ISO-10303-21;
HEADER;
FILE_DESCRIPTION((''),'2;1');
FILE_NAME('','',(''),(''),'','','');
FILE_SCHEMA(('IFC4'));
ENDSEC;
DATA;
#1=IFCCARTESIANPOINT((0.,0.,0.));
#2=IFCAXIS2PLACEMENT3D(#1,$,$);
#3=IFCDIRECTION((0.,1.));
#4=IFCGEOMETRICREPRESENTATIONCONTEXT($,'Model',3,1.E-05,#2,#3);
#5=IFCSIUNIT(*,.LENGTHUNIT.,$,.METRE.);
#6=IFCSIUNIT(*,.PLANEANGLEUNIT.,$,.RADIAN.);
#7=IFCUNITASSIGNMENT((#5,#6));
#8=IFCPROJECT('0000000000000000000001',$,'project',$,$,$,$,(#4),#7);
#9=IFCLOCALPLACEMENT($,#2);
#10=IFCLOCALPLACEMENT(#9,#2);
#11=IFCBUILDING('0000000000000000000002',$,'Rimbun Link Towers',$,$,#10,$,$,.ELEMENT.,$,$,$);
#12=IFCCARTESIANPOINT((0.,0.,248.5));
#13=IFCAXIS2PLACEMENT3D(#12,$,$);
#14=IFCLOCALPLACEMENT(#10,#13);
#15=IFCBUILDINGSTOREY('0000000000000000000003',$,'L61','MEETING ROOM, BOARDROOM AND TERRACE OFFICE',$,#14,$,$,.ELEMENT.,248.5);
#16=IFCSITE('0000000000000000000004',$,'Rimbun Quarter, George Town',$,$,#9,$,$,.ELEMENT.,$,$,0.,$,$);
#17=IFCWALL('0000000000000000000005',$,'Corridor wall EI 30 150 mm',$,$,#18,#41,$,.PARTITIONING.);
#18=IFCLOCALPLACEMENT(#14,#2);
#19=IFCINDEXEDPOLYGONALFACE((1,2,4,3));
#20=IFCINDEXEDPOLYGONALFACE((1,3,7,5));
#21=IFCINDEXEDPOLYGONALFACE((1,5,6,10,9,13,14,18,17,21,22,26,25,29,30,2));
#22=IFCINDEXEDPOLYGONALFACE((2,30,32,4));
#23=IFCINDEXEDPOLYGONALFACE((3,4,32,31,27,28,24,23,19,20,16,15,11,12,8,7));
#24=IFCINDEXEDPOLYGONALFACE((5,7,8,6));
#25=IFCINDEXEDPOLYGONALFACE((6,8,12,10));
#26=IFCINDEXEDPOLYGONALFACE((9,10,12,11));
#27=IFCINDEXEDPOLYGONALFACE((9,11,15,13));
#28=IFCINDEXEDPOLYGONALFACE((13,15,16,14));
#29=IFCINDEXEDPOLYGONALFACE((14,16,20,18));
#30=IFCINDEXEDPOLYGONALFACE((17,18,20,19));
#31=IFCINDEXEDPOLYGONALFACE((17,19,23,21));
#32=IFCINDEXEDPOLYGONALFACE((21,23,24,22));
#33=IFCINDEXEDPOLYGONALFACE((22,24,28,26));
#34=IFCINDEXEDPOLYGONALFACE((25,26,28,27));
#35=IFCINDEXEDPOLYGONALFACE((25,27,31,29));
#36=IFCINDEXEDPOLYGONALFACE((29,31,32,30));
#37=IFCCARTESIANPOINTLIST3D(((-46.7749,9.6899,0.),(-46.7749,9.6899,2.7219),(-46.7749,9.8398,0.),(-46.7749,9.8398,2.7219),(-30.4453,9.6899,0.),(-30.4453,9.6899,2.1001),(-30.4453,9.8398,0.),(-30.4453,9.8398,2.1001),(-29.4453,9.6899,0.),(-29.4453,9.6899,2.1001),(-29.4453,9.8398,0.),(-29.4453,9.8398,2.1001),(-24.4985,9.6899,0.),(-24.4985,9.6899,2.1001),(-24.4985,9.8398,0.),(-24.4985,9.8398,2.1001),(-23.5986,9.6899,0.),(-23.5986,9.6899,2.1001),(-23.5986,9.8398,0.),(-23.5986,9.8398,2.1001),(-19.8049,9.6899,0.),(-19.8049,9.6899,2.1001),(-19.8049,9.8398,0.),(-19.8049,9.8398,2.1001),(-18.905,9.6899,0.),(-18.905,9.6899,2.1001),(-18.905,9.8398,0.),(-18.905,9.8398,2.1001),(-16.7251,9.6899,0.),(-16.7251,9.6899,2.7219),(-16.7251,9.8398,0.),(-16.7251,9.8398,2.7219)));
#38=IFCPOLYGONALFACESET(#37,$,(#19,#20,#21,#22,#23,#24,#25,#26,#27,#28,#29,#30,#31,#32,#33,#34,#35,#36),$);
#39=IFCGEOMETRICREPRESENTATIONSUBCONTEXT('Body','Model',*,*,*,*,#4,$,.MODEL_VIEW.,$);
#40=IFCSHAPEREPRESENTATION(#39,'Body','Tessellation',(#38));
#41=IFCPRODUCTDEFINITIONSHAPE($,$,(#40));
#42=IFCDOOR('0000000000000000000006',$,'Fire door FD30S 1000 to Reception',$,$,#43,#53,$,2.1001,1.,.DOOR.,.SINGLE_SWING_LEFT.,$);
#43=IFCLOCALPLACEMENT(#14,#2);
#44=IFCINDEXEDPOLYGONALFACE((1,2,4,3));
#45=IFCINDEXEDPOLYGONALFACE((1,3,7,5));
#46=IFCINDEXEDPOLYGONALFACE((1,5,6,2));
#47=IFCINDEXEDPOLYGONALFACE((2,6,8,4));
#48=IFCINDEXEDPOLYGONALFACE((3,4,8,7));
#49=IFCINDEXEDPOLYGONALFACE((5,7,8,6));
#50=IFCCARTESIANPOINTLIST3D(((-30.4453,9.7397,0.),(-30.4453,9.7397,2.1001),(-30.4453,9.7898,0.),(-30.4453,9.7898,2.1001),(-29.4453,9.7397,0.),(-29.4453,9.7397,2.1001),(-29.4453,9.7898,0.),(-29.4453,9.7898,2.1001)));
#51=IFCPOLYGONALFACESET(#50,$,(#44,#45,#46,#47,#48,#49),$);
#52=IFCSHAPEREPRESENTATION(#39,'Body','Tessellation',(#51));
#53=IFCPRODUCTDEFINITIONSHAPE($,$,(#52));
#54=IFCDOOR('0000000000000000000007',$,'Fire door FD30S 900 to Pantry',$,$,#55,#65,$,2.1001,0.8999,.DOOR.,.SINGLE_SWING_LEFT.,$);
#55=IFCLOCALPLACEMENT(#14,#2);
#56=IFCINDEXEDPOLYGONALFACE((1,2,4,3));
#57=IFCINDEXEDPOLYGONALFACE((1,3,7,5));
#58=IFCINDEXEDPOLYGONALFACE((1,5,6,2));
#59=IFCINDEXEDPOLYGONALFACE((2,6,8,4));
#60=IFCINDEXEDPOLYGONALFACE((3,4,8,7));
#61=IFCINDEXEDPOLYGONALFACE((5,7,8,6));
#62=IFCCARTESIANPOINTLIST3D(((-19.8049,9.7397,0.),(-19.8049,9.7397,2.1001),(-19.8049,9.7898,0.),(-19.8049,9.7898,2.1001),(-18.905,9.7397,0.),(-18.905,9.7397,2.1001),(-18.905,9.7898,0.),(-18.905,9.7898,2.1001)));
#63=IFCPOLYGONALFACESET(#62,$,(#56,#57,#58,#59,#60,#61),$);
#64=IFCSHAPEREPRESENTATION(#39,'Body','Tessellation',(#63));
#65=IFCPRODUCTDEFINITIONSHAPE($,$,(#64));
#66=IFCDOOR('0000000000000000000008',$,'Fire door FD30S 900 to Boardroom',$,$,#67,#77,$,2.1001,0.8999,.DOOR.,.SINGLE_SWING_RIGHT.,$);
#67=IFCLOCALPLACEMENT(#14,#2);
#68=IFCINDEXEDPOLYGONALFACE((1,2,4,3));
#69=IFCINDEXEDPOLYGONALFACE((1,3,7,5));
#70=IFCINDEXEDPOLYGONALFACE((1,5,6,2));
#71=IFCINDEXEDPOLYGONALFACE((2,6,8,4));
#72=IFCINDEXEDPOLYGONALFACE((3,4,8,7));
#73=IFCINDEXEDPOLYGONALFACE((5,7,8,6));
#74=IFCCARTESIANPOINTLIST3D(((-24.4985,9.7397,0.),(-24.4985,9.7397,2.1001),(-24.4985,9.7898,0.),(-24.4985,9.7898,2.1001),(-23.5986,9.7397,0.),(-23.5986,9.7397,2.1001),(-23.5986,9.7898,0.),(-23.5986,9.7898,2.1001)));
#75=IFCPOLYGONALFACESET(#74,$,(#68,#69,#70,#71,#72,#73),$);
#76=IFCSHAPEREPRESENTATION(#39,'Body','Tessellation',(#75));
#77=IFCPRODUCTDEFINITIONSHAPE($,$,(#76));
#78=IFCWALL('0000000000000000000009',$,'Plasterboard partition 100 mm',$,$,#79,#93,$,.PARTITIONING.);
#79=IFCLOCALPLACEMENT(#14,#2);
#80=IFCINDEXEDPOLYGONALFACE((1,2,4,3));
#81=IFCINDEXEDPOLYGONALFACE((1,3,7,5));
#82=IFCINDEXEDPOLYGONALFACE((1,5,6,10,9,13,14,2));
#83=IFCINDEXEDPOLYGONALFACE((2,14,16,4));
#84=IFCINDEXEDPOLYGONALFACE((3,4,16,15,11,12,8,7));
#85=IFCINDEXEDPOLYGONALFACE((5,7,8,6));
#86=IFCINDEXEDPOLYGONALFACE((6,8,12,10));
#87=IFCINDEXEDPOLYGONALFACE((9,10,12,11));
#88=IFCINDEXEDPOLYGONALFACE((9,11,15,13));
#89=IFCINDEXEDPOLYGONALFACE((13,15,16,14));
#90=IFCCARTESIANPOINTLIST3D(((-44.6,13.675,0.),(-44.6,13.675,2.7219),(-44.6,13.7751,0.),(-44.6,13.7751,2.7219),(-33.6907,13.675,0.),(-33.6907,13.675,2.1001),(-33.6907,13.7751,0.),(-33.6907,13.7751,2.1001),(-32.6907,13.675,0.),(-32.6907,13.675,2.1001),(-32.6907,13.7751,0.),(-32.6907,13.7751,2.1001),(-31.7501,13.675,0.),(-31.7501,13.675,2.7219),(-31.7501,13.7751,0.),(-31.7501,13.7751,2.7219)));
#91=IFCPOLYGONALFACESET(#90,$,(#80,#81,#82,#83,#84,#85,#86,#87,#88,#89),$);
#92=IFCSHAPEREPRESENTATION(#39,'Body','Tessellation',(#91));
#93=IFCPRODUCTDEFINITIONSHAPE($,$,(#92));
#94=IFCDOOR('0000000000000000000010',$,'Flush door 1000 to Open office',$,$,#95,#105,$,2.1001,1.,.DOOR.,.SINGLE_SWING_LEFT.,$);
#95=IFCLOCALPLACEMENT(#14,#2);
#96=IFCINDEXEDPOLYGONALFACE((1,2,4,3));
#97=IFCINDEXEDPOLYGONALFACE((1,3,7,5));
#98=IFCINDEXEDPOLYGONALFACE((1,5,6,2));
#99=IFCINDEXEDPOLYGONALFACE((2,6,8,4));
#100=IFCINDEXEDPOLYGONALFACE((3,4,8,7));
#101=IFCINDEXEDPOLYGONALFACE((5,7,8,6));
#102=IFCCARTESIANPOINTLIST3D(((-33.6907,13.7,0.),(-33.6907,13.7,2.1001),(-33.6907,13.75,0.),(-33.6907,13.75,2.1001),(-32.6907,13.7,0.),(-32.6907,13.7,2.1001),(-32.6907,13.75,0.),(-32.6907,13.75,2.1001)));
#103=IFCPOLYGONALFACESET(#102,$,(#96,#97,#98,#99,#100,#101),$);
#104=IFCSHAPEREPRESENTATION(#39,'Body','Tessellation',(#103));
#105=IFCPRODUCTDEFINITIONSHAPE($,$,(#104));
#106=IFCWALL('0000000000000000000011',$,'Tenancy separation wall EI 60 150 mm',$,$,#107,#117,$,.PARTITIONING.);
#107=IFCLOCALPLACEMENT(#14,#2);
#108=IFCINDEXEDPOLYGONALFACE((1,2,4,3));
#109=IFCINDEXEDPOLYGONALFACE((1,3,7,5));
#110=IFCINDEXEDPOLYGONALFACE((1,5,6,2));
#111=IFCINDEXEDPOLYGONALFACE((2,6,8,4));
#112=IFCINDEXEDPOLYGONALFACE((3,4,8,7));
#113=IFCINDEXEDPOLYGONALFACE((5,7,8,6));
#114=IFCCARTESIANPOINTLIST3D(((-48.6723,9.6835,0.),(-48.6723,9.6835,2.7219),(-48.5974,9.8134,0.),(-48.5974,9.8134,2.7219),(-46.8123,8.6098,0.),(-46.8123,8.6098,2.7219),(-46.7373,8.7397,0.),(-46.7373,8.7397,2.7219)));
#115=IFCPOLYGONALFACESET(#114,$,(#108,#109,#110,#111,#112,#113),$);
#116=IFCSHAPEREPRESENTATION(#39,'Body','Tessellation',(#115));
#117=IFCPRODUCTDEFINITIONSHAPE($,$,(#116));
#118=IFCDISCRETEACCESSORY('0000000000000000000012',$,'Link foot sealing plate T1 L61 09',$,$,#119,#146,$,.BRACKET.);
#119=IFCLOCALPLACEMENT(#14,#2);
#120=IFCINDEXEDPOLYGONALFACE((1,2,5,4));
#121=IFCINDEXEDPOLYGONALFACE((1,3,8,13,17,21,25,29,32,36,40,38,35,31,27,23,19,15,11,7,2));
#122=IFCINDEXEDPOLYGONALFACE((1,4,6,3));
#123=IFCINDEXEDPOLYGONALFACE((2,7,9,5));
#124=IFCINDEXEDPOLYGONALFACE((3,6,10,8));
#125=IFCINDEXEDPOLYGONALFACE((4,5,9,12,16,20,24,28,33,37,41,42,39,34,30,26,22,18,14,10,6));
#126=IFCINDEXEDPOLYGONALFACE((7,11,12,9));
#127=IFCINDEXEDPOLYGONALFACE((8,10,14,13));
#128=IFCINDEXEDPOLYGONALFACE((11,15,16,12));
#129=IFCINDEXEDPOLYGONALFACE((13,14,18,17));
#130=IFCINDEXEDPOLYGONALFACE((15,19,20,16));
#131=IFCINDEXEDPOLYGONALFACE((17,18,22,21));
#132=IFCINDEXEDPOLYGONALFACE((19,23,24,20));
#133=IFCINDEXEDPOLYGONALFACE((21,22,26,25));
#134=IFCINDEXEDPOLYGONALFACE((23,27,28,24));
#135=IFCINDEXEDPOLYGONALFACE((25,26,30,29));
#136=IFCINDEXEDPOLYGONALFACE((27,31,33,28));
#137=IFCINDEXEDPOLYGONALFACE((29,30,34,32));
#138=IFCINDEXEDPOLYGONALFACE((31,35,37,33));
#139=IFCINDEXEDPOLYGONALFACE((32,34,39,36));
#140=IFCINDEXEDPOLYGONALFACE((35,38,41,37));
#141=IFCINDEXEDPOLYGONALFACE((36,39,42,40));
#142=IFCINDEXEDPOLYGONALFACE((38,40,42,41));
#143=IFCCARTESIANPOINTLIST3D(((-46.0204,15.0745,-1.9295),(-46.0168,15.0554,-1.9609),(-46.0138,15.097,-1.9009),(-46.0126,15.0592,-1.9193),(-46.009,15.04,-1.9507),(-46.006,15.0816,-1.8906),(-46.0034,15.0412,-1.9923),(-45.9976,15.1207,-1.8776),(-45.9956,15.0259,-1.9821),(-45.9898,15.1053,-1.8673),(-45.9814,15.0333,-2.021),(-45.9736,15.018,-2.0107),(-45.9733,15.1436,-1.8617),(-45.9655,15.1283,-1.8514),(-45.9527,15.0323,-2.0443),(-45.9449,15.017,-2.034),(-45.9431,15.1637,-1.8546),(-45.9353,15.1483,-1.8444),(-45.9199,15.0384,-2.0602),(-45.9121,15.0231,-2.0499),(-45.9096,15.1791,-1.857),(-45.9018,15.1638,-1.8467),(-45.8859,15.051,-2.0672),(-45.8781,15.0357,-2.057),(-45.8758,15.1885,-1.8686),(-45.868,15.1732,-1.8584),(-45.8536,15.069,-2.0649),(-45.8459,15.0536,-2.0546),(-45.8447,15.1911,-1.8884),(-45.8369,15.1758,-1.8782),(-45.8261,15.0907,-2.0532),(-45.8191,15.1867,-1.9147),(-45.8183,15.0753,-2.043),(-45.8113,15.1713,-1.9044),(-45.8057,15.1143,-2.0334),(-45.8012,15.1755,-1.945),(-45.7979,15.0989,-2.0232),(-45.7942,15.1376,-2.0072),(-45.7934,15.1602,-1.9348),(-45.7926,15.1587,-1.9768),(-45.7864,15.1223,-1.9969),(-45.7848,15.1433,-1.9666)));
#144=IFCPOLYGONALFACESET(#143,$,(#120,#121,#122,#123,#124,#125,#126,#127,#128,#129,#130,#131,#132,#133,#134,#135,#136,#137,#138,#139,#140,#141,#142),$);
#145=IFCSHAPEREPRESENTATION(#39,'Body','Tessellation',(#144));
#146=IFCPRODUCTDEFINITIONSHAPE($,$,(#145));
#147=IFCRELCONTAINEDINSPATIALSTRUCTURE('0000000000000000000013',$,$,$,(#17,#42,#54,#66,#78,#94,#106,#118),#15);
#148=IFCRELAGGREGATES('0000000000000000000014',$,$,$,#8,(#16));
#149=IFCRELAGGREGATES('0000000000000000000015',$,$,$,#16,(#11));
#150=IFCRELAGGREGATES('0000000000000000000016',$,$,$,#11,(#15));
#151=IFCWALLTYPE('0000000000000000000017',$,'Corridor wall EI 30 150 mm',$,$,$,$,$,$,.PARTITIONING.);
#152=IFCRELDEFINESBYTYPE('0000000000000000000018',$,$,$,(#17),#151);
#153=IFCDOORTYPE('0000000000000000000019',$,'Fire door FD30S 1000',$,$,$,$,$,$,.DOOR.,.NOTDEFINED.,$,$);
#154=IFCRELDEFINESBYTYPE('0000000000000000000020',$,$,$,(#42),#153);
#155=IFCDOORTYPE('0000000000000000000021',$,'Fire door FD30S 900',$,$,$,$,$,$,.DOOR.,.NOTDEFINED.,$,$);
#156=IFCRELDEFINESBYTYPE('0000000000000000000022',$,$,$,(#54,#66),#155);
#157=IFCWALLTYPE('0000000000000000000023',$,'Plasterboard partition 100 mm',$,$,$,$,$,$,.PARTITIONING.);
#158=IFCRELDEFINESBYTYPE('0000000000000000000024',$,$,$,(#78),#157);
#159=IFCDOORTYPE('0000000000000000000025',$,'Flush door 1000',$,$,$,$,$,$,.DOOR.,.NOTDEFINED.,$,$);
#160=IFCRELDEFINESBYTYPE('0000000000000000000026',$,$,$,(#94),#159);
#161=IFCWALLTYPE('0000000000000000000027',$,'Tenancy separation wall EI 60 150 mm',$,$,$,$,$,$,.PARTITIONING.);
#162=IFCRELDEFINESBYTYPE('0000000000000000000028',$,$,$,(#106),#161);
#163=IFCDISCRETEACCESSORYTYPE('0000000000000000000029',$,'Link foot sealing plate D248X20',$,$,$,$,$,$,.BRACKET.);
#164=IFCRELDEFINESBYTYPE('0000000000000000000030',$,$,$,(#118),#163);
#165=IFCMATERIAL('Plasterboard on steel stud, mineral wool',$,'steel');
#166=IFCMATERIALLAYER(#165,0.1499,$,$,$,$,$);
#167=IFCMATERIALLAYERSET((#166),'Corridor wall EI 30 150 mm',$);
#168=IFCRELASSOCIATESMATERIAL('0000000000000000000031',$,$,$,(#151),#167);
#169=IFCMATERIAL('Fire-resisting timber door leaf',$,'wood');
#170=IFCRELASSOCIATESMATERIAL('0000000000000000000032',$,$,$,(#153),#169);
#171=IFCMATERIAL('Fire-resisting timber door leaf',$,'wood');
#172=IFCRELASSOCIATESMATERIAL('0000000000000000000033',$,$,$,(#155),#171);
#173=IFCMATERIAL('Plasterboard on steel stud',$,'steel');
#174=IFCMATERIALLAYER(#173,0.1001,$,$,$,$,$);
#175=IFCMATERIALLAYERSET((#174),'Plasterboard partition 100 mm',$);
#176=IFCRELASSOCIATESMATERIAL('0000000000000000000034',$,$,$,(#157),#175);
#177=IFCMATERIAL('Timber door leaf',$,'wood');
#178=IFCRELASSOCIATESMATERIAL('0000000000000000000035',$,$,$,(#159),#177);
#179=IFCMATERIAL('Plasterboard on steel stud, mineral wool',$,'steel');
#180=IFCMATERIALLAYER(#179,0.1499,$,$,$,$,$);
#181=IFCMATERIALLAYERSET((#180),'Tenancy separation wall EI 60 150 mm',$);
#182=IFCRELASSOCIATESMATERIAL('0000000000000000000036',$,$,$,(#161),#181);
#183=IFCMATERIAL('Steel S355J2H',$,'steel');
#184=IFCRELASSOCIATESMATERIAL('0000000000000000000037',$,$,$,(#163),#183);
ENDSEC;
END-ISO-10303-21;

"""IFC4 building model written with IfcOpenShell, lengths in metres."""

from ifc_helpers import new_model, si_unit, direction, frame, frame_2d, origin, origin_2d, place, context, subcontext, project, spatial, rectangle, circle, extrude, material, layer, layer_set, material_profile, profile_set, type_object, element, fill, save


model = new_model("IFC4")

# Units and contexts
model_context = context("Model", 3, precision=1e-05, world=origin(), true_north=direction((0.0, 1.0)))
body_context = subcontext(model_context, "Body", "Model", "MODEL_VIEW")
ifc_project = project(units=[si_unit("LENGTHUNIT", "METRE"), si_unit("PLANEANGLEUNIT", "RADIAN")], contexts=[model_context])

# Site, building, storey
site_placement = place(None, origin())
site = spatial("IfcSite", under=ifc_project, at=site_placement, Name="Rimbun Quarter, George Town", CompositionType="ELEMENT", RefElevation=0.0)
building_placement = place(site_placement, origin())
building = spatial("IfcBuilding", under=site, at=building_placement, Name="Rimbun Link Towers", CompositionType="ELEMENT")
storey_placement = place(building_placement, frame((0.0, 0.0, 248.5)))
storey = spatial("IfcBuildingStorey", under=building, at=storey_placement, Name="L61", Description="MEETING ROOM, BOARDROOM AND TERRACE OFFICE", CompositionType="ELEMENT", Elevation=248.5)

# Wall, openings, doors
ifc_material_1 = material(Name="Plasterboard on steel stud, mineral wool", Category="steel")
ifc_layer_1 = layer(ifc_material_1, 0.1499)
ifc_layer_set_1 = layer_set([ifc_layer_1], Name="Corridor wall EI 30 150 mm")
wall_type_1 = type_object("IfcWallType", Name="Corridor wall EI 30 150 mm", PredefinedType="PARTITIONING", material=ifc_layer_set_1)
wall_1_placement = place(storey_placement, frame((-46.7749, 9.7649, 0.0), z_axis=(0.0, 0.0, 1.0), x_axis=(1.0, 0.0, 0.0)))
wall_1 = element("IfcWall", 1, at=wall_1_placement, inside=storey, type_object=wall_type_1, Name="Corridor wall EI 30 150 mm", PredefinedType="PARTITIONING", context=body_context, shape_type="SweptSolid", body=[
    extrude(rectangle(XDim=30.0498, YDim=0.1499, at=frame_2d((15.0249, 0.0))), origin(), (0.0, 0.0, 1.0), 2.7219),
])
opening_1_placement = place(wall_1_placement, frame((26.97, 0.0, 0.0)))
opening_1 = element("IfcOpeningElement", 2, at=opening_1_placement, cuts=wall_1, PredefinedType="OPENING", context=body_context, shape_type="SweptSolid", body=[
    extrude(rectangle(XDim=0.8999, YDim=2.1001, at=frame_2d((0.45, 1.05))), frame((0.0, 0.085, 0.0), z_axis=(0.0, -1.0, 0.0), x_axis=(1.0, 0.0, 0.0)), (0.0, 0.0, 1.0), 0.1699),
])
opening_2_placement = place(wall_1_placement, frame((22.2764, 0.0, 0.0)))
opening_2 = element("IfcOpeningElement", 3, at=opening_2_placement, cuts=wall_1, PredefinedType="OPENING", context=body_context, shape_type="SweptSolid", body=[
    extrude(rectangle(XDim=0.8999, YDim=2.1001, at=frame_2d((0.45, 1.05))), frame((0.0, 0.085, 0.0), z_axis=(0.0, -1.0, 0.0), x_axis=(1.0, 0.0, 0.0)), (0.0, 0.0, 1.0), 0.1699),
])
opening_3_placement = place(wall_1_placement, frame((16.3296, 0.0, 0.0)))
opening_3 = element("IfcOpeningElement", 4, at=opening_3_placement, cuts=wall_1, PredefinedType="OPENING", context=body_context, shape_type="SweptSolid", body=[
    extrude(rectangle(XDim=1.0, YDim=2.1001, at=frame_2d((0.5, 1.05))), frame((0.0, 0.085, 0.0), z_axis=(0.0, -1.0, 0.0), x_axis=(1.0, 0.0, 0.0)), (0.0, 0.0, 1.0), 0.1699),
])
ifc_material_2 = material(Name="Fire-resisting timber door leaf", Category="wood")
door_type_1 = type_object("IfcDoorType", Name="Fire door FD30S 1000", OperationType="NOTDEFINED", PredefinedType="DOOR", material=ifc_material_2)
door_1_placement = place(opening_3_placement, origin())
door_1 = element("IfcDoor", 5, at=door_1_placement, inside=storey, type_object=door_type_1, Name="Fire door FD30S 1000 to Reception", OperationType="SINGLE_SWING_LEFT", OverallHeight=2.1001, OverallWidth=1.0, PredefinedType="DOOR", context=body_context, shape_type="SweptSolid", body=[
    extrude(rectangle(XDim=1.0, YDim=2.1001, at=frame_2d((0.5, 1.05))), frame((0.0, 0.0249, 0.0), z_axis=(0.0, -1.0, 0.0), x_axis=(1.0, 0.0, 0.0)), (0.0, 0.0, 1.0), 0.05),
])
fill(opening_3, door_1)
ifc_material_3 = material(Name="Fire-resisting timber door leaf", Category="wood")
door_type_2 = type_object("IfcDoorType", Name="Fire door FD30S 900", OperationType="NOTDEFINED", PredefinedType="DOOR", material=ifc_material_3)
door_2_placement = place(opening_1_placement, origin())
door_2 = element("IfcDoor", 6, at=door_2_placement, inside=storey, type_object=door_type_2, Name="Fire door FD30S 900 to Pantry", OperationType="SINGLE_SWING_LEFT", OverallHeight=2.1001, OverallWidth=0.8999, PredefinedType="DOOR", context=body_context, shape_type="SweptSolid", body=[
    extrude(rectangle(XDim=0.8999, YDim=2.1001, at=frame_2d((0.45, 1.05))), frame((0.0, 0.0249, 0.0), z_axis=(0.0, -1.0, 0.0), x_axis=(1.0, 0.0, 0.0)), (0.0, 0.0, 1.0), 0.05),
])
fill(opening_1, door_2)
door_3_placement = place(opening_2_placement, origin())
door_3 = element("IfcDoor", 7, at=door_3_placement, inside=storey, type_object=door_type_2, Name="Fire door FD30S 900 to Boardroom", OperationType="SINGLE_SWING_RIGHT", OverallHeight=2.1001, OverallWidth=0.8999, PredefinedType="DOOR", context=body_context, shape_type="SweptSolid", body=[
    extrude(rectangle(XDim=0.8999, YDim=2.1001, at=frame_2d((0.45, 1.05))), frame((0.0, 0.0249, 0.0), z_axis=(0.0, -1.0, 0.0), x_axis=(1.0, 0.0, 0.0)), (0.0, 0.0, 1.0), 0.05),
])
fill(opening_2, door_3)

# Wall, opening, door
ifc_material_4 = material(Name="Plasterboard on steel stud", Category="steel")
ifc_layer_2 = layer(ifc_material_4, 0.1001)
ifc_layer_set_2 = layer_set([ifc_layer_2], Name="Plasterboard partition 100 mm")
wall_type_2 = type_object("IfcWallType", Name="Plasterboard partition 100 mm", PredefinedType="PARTITIONING", material=ifc_layer_set_2)
wall_2_placement = place(storey_placement, frame((-44.5999, 13.7251, 0.0), z_axis=(0.0, 0.0, 1.0), x_axis=(1.0, 0.0, 0.0)))
wall_2 = element("IfcWall", 8, at=wall_2_placement, inside=storey, type_object=wall_type_2, Name="Plasterboard partition 100 mm", PredefinedType="PARTITIONING", context=body_context, shape_type="SweptSolid", body=[
    extrude(rectangle(XDim=12.8499, YDim=0.1001, at=frame_2d((6.4248, 0.0))), origin(), (0.0, 0.0, 1.0), 2.7219),
])
opening_4_placement = place(wall_2_placement, frame((10.9092, 0.0, 0.0)))
opening_4 = element("IfcOpeningElement", 9, at=opening_4_placement, cuts=wall_2, PredefinedType="OPENING", context=body_context, shape_type="SweptSolid", body=[
    extrude(rectangle(XDim=1.0, YDim=2.1001, at=frame_2d((0.5, 1.05))), frame((0.0, 0.0601, 0.0), z_axis=(0.0, -1.0, 0.0), x_axis=(1.0, 0.0, 0.0)), (0.0, 0.0, 1.0), 0.1201),
])
ifc_material_5 = material(Name="Timber door leaf", Category="wood")
door_type_3 = type_object("IfcDoorType", Name="Flush door 1000", OperationType="NOTDEFINED", PredefinedType="DOOR", material=ifc_material_5)
door_4_placement = place(opening_4_placement, origin())
door_4 = element("IfcDoor", 10, at=door_4_placement, inside=storey, type_object=door_type_3, Name="Flush door 1000 to Open office", OperationType="SINGLE_SWING_LEFT", OverallHeight=2.1001, OverallWidth=1.0, PredefinedType="DOOR", context=body_context, shape_type="SweptSolid", body=[
    extrude(rectangle(XDim=1.0, YDim=2.1001, at=frame_2d((0.5, 1.05))), frame((0.0, 0.0249, 0.0), z_axis=(0.0, -1.0, 0.0), x_axis=(1.0, 0.0, 0.0)), (0.0, 0.0, 1.0), 0.05),
])
fill(opening_4, door_4)

# Wall
ifc_material_6 = material(Name="Plasterboard on steel stud, mineral wool", Category="steel")
ifc_layer_3 = layer(ifc_material_6, 0.1499)
ifc_layer_set_3 = layer_set([ifc_layer_3], Name="Tenancy separation wall EI 60 150 mm")
wall_type_3 = type_object("IfcWallType", Name="Tenancy separation wall EI 60 150 mm", PredefinedType="PARTITIONING", material=ifc_layer_set_3)
wall_3_placement = place(storey_placement, frame((-46.7749, 8.6748, 0.0), z_axis=(0.0, 0.0, 1.0), x_axis=(-0.866066, 0.499929, 0.0)))
element("IfcWall", 11, at=wall_3_placement, inside=storey, type_object=wall_type_3, Name="Tenancy separation wall EI 60 150 mm", PredefinedType="PARTITIONING", context=body_context, shape_type="SweptSolid", body=[
    extrude(rectangle(XDim=2.1477, YDim=0.1499, at=frame_2d((1.0737, 0.0))), origin(), (0.0, 0.0, 1.0), 2.7219),
])

# Discrete accessory
ifc_material_7 = material(Name="Steel S355J2H", Category="steel")
ifc_material_profile_1 = material_profile(ifc_material_7, circle(Radius=0.124, at=origin_2d()), Name="PL D248")
ifc_profile_set_1 = profile_set([ifc_material_profile_1], Name="Steel S355J2H")
discrete_accessory_type = type_object("IfcDiscreteAccessoryType", Name="Link foot sealing plate D248X20", PredefinedType="BRACKET", material=ifc_profile_set_1)
discrete_accessory_placement = place(storey_placement, frame((-45.8984, 15.0962, -1.9507), z_axis=(-0.38929, 0.766414, -0.510943), x_axis=(-0.891579, -0.452865, 0.0)))
element("IfcDiscreteAccessory", 12, at=discrete_accessory_placement, inside=storey, type_object=discrete_accessory_type, Name="Link foot sealing plate T1 L61 09", PredefinedType="BRACKET", context=body_context, shape_type="SweptSolid", body=[
    extrude(circle(Radius=0.124, at=origin_2d()), origin(), (0.0, 0.0, 1.0), 0.02),
])

save(model, "model.ifc")
